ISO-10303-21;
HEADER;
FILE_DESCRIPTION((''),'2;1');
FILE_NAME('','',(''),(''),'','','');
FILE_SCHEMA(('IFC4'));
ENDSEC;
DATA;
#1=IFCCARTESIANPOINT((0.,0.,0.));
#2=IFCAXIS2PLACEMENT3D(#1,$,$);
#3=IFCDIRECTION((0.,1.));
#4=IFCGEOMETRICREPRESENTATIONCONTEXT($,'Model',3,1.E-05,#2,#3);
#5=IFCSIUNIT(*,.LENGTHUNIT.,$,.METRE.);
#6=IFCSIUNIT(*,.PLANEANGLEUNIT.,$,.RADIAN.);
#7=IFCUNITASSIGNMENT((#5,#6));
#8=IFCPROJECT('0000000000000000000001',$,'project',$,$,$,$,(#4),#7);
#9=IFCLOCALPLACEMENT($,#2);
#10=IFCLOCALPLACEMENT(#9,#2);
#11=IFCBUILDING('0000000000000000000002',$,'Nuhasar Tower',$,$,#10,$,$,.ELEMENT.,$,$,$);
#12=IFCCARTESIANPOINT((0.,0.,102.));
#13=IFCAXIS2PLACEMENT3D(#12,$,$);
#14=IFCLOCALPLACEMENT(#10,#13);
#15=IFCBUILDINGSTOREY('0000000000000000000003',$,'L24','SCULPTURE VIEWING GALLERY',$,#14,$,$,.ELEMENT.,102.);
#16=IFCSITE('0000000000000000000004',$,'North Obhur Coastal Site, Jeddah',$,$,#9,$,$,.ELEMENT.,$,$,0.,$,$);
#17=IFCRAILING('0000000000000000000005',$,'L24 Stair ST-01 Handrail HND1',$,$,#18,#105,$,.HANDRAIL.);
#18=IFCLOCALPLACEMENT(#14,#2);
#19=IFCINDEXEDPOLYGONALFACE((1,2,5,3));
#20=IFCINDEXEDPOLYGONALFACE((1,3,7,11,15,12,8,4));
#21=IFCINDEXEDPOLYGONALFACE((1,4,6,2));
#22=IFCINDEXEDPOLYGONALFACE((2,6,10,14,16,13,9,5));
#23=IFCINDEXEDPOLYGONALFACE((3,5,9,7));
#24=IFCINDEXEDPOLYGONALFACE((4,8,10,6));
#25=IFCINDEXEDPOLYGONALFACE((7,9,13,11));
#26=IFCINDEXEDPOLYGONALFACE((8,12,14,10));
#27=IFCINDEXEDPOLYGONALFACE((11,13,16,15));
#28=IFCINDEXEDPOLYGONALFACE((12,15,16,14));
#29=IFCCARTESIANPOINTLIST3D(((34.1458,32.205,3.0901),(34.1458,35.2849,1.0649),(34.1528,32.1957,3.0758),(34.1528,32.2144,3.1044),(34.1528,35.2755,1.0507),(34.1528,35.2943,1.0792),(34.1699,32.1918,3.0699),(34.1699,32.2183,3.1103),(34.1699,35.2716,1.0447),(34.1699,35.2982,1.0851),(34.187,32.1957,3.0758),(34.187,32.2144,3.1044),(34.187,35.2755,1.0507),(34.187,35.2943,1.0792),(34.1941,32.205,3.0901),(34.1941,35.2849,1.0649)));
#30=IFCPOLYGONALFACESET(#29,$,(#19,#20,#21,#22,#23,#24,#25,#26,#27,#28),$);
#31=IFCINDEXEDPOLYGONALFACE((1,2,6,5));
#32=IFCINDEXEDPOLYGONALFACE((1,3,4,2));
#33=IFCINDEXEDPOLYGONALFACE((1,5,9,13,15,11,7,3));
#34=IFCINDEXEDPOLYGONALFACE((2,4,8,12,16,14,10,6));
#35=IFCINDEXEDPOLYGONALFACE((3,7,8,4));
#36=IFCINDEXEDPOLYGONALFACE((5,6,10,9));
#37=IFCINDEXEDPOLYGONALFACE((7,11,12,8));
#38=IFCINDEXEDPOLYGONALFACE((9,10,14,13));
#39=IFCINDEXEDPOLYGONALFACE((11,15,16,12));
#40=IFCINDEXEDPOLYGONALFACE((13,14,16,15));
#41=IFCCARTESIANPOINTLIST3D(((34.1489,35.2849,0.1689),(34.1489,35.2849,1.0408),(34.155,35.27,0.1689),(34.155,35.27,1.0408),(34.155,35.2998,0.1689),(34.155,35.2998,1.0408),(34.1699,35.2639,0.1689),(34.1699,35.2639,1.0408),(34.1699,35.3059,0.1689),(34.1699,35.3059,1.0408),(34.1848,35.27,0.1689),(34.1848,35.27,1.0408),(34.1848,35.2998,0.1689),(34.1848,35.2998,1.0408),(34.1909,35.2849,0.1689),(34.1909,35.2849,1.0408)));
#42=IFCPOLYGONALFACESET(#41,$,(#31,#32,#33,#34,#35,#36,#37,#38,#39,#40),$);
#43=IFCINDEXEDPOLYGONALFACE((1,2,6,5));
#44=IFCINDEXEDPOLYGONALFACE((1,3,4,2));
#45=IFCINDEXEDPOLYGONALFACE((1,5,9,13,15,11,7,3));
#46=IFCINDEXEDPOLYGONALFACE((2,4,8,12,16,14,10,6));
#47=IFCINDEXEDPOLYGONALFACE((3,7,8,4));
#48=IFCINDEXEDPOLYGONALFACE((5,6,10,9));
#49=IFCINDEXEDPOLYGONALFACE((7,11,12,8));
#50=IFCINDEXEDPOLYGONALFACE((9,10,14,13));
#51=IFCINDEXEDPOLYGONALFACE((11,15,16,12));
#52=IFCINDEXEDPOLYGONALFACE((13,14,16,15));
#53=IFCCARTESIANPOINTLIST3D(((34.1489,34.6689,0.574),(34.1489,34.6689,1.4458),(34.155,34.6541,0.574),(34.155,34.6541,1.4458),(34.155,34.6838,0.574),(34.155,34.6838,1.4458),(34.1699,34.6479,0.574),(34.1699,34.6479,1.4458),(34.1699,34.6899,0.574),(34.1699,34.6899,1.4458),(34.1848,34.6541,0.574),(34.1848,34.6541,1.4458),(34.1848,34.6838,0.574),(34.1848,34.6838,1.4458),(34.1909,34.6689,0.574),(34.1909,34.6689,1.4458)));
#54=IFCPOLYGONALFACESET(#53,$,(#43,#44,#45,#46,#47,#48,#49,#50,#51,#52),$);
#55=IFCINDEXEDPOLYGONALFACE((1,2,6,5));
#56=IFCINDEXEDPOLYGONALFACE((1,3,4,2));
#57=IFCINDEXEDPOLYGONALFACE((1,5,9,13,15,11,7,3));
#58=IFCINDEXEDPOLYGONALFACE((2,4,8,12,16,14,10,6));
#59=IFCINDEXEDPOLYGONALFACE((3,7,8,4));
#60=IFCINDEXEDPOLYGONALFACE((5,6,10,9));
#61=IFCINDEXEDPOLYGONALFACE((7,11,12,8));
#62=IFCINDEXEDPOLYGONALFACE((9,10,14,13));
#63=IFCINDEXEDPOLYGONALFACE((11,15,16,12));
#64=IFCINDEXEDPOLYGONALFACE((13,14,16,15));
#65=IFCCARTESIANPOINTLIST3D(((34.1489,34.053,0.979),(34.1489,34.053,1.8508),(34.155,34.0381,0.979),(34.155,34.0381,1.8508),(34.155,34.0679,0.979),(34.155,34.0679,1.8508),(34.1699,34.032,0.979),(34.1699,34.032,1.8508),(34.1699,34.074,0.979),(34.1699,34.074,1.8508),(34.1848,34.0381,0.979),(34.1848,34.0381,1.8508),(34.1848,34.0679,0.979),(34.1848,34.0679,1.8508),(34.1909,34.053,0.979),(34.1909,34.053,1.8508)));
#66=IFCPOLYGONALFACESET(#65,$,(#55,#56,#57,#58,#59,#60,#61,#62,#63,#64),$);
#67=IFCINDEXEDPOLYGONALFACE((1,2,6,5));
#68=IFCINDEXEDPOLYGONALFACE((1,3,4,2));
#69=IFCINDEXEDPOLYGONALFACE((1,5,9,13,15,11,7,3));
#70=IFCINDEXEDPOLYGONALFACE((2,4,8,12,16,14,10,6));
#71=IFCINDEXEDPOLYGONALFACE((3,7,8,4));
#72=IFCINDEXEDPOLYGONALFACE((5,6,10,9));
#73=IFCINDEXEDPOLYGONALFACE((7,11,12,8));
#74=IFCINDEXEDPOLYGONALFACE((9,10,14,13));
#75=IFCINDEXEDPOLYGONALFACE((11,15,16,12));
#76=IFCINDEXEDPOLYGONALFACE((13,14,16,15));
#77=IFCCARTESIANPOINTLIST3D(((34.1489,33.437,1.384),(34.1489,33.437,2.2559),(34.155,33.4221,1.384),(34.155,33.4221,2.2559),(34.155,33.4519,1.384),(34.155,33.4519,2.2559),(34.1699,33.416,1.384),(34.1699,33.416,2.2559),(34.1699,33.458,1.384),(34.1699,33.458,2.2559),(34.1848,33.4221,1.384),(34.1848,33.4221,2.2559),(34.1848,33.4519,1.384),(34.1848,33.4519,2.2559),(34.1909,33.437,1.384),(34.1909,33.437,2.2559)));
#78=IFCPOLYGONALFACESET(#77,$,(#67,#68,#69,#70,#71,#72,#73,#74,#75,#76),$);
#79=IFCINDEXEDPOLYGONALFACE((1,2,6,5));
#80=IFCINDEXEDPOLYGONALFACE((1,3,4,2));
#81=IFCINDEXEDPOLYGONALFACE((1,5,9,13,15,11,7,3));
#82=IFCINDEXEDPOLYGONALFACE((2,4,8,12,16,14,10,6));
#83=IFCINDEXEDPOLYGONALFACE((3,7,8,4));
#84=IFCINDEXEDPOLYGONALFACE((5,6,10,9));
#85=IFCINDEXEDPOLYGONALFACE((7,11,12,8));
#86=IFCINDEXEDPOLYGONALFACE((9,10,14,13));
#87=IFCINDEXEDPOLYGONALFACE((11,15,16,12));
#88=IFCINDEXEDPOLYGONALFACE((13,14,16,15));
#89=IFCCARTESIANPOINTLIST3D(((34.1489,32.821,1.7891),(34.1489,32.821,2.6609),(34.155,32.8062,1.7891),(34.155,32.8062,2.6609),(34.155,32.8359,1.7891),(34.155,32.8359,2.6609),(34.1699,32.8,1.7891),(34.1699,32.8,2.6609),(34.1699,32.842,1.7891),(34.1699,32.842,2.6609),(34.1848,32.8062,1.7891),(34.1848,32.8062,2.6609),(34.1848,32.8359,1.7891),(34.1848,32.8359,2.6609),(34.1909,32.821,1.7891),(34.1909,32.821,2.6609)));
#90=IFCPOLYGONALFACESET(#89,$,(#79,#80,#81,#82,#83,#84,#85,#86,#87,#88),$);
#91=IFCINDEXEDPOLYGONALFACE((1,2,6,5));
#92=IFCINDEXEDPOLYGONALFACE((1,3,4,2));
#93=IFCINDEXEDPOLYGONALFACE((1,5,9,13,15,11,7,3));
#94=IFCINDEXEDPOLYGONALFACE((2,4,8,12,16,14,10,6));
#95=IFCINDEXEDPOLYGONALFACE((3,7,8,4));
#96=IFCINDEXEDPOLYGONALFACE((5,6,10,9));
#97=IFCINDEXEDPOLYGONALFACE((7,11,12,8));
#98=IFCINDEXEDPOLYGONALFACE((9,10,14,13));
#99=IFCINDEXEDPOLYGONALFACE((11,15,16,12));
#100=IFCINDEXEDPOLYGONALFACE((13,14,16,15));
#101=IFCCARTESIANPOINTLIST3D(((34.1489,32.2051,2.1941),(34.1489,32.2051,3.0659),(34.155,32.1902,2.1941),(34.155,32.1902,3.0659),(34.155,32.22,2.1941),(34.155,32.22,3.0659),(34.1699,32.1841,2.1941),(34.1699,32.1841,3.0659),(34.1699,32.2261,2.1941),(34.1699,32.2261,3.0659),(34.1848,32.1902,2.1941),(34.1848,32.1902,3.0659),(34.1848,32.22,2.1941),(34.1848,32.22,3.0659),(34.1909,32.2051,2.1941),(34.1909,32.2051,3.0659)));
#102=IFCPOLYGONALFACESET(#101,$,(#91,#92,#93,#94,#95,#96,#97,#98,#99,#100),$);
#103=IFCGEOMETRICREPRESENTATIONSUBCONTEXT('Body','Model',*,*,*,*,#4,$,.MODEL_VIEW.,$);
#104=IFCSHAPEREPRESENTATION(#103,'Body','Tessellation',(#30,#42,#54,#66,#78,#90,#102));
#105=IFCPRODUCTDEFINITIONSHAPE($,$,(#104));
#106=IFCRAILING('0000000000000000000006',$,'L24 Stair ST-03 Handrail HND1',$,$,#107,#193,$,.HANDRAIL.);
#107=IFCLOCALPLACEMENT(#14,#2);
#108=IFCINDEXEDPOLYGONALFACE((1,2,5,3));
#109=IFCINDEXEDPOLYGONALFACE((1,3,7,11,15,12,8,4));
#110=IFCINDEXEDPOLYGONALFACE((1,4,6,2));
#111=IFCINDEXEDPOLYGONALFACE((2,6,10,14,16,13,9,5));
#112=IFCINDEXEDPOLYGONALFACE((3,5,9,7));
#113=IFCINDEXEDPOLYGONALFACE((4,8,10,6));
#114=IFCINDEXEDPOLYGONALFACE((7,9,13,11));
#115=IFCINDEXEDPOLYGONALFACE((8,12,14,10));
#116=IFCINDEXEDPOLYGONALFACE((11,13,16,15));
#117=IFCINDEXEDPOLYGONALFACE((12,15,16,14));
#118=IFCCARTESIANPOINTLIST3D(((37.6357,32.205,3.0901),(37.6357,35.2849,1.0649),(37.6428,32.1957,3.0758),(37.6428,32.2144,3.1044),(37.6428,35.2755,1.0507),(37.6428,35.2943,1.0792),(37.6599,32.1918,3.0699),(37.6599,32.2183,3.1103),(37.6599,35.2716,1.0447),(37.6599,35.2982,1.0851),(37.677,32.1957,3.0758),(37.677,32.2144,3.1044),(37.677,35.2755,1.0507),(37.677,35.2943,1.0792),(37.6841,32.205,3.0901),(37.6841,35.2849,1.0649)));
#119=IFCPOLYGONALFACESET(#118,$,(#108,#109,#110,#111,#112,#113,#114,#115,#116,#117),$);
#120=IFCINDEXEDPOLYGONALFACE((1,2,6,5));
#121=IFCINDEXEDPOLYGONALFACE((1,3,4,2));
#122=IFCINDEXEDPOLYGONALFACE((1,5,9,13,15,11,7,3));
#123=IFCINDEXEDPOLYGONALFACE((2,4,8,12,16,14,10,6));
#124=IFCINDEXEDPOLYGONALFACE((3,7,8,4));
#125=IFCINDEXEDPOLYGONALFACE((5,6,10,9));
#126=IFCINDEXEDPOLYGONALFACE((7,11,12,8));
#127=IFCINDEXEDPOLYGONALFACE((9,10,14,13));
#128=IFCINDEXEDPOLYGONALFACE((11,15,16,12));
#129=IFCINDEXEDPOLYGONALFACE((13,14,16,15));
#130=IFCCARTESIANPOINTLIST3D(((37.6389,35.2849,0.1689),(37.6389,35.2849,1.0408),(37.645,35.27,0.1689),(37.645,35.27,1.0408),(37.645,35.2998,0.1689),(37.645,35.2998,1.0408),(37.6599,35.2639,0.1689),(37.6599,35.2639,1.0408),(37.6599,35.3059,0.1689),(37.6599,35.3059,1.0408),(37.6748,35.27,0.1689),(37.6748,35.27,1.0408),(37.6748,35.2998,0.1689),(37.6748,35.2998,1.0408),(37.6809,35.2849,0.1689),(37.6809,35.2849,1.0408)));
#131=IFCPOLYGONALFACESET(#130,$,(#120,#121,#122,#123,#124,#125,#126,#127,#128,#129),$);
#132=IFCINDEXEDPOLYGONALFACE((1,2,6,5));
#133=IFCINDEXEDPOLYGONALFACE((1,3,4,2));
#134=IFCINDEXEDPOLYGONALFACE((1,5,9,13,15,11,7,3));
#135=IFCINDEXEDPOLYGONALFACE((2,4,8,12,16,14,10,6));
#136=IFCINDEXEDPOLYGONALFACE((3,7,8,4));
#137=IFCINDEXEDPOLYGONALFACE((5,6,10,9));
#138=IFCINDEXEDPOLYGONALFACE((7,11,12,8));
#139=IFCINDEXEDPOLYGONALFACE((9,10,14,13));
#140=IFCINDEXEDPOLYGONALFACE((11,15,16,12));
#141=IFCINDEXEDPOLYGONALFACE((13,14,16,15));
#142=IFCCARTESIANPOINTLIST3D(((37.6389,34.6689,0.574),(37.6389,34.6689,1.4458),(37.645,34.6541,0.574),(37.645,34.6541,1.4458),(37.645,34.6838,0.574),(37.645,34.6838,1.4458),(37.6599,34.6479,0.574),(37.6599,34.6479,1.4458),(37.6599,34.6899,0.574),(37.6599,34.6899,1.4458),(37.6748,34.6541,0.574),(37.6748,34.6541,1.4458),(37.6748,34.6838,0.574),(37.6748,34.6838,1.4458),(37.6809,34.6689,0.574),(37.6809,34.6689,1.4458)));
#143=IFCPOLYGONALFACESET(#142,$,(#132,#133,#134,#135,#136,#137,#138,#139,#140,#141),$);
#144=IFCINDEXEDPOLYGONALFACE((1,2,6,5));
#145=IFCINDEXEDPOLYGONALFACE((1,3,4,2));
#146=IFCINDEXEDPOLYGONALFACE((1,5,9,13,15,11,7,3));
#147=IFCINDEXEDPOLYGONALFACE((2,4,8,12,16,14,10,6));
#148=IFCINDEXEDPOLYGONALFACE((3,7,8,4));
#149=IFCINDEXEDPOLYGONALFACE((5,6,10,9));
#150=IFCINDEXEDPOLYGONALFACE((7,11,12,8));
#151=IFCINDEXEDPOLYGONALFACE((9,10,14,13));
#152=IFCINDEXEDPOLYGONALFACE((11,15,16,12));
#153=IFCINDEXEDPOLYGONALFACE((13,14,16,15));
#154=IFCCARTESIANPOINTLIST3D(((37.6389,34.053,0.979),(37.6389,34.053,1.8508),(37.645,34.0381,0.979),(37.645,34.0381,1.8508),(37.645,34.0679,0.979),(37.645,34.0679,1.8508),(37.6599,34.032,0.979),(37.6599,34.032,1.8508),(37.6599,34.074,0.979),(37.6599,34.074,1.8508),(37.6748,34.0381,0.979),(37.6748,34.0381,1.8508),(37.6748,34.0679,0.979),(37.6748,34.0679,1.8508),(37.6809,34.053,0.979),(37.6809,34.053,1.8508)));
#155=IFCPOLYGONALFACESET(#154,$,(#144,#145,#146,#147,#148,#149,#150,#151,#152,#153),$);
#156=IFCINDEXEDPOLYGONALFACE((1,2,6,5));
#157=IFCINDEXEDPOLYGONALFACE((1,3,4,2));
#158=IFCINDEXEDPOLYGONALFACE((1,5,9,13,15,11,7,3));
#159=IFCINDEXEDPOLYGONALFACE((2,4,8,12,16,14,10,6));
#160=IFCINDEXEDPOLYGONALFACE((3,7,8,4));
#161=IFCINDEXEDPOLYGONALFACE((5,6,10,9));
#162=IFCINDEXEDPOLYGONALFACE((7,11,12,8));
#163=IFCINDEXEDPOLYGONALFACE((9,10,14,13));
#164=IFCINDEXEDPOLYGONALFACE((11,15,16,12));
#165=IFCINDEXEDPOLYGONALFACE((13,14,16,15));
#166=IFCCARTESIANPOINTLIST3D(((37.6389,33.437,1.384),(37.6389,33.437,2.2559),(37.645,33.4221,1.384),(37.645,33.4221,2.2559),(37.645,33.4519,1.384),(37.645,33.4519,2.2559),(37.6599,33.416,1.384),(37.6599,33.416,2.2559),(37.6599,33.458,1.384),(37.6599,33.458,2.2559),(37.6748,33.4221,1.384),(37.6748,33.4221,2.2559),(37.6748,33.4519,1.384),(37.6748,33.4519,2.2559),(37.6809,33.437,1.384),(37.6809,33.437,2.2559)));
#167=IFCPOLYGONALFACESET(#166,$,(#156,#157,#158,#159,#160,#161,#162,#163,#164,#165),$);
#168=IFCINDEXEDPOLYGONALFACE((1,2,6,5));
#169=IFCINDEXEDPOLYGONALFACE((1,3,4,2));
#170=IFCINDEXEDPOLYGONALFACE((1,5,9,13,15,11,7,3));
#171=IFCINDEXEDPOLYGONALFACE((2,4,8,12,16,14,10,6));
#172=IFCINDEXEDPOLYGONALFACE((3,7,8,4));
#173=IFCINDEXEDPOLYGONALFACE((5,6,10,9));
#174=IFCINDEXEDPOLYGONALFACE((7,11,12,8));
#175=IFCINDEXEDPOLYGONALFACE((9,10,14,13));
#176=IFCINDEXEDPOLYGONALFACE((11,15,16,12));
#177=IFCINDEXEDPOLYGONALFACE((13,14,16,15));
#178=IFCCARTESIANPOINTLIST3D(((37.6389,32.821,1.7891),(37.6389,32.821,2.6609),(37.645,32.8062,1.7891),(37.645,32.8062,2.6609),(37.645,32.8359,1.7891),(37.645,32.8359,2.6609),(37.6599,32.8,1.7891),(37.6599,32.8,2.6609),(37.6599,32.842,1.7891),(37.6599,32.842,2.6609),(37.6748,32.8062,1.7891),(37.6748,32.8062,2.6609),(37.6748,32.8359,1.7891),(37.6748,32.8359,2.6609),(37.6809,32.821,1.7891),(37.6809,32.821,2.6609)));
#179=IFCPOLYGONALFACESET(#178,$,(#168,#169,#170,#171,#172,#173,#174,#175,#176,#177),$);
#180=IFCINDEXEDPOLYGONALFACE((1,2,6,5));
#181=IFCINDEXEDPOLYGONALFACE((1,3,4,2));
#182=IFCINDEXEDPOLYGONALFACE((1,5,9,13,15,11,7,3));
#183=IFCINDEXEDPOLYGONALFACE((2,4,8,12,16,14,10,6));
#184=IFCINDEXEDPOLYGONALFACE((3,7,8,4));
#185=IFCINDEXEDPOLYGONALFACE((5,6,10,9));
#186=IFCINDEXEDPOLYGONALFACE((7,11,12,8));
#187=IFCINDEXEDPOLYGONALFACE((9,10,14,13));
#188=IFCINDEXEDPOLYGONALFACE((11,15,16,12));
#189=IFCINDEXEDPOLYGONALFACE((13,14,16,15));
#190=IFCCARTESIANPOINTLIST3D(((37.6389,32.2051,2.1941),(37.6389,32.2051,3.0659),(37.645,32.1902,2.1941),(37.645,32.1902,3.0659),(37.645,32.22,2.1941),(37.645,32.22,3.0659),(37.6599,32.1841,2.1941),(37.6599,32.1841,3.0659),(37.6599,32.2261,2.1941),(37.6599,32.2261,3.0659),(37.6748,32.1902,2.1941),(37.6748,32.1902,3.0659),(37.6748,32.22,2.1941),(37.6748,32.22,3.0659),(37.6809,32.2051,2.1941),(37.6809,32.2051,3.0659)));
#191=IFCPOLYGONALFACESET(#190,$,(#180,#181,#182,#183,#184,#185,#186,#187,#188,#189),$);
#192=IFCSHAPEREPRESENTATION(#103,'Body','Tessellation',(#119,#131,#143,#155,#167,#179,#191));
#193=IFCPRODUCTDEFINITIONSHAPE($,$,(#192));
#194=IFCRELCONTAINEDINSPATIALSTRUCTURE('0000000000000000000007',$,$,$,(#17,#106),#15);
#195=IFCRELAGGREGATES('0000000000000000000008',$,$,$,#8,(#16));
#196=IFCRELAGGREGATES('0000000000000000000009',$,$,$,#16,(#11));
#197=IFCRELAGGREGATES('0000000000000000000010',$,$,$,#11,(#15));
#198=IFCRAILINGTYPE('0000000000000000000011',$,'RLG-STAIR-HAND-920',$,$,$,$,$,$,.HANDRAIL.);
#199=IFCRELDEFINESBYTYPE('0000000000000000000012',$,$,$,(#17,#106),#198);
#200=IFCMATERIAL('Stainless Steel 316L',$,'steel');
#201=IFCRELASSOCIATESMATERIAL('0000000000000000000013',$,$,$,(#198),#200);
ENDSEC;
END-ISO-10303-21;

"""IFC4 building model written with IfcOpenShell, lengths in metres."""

from ifc_helpers import new_model, si_unit, direction, frame, origin, place, context, subcontext, project, spatial, polyline, outline, extrude, material, type_object, element, save


model = new_model("IFC4")

# Units and contexts
model_context = context("Model", 3, precision=1e-05, world=origin(), true_north=direction((0.0, 1.0)))
body_context = subcontext(model_context, "Body", "Model", "MODEL_VIEW")
ifc_project = project(units=[si_unit("LENGTHUNIT", "METRE"), si_unit("PLANEANGLEUNIT", "RADIAN")], contexts=[model_context])

# Site, building, storey
site_placement = place(None, origin())
site = spatial("IfcSite", under=ifc_project, at=site_placement, Name="North Obhur Coastal Site, Jeddah", CompositionType="ELEMENT", RefElevation=0.0)
building_placement = place(site_placement, origin())
building = spatial("IfcBuilding", under=site, at=building_placement, Name="Nuhasar Tower", CompositionType="ELEMENT")
storey_placement = place(building_placement, frame((0.0, 0.0, 102.0)))
storey = spatial("IfcBuildingStorey", under=building, at=storey_placement, Name="L24", Description="SCULPTURE VIEWING GALLERY", CompositionType="ELEMENT", Elevation=102.0)

# Railings
ifc_material_1 = material(Name="Stainless Steel 316L", Category="steel")
railing_type_1 = type_object("IfcRailingType", Name="RLG-STAIR-HAND-920", PredefinedType="HANDRAIL", material=ifc_material_1)
railing_1_placement = place(storey_placement, frame((34.1699, 35.2849, 0.1689)))
element("IfcRailing", 1, at=railing_1_placement, inside=storey, type_object=railing_type_1, Name="L24 Stair ST-01 Handrail HND1", PredefinedType="HANDRAIL", context=body_context, shape_type="SweptSolid", body=[
    extrude(outline(polyline([(0.0242, 0.0), (0.0171, 0.0171), (0.0, 0.0242), (-0.0171, 0.0171), (-0.0242, 0.0), (-0.0171, -0.0171), (0.0, -0.0242), (0.0171, -0.0171), (0.0242, 0.0)])), frame((0.0, 0.0, 0.896), z_axis=(0.0, -0.835549, 0.549416), x_axis=(1.0, 0.0, 0.0)), (0.0, 0.0, 1.0), 3.686),
    extrude(outline(polyline([(0.021, 0.0), (0.0149, 0.0149), (0.0, 0.021), (-0.0149, 0.0149), (-0.021, 0.0), (-0.0149, -0.0149), (0.0, -0.021), (0.0149, -0.0149), (0.021, 0.0)])), origin(), (0.0, 0.0, 1.0), 0.8718),
    extrude(outline(polyline([(0.021, 0.0), (0.0149, 0.0149), (0.0, 0.021), (-0.0149, 0.0149), (-0.021, 0.0), (-0.0149, -0.0149), (0.0, -0.021), (0.0149, -0.0149), (0.021, 0.0)])), frame((0.0, -0.616, 0.405)), (0.0, 0.0, 1.0), 0.8718),
    extrude(outline(polyline([(0.021, 0.0), (0.0149, 0.0149), (0.0, 0.021), (-0.0149, 0.0149), (-0.021, 0.0), (-0.0149, -0.0149), (0.0, -0.021), (0.0149, -0.0149), (0.021, 0.0)])), frame((0.0, -1.2319, 0.8101)), (0.0, 0.0, 1.0), 0.8718),
    extrude(outline(polyline([(0.021, 0.0), (0.0149, 0.0149), (0.0, 0.021), (-0.0149, 0.0149), (-0.021, 0.0), (-0.0149, -0.0149), (0.0, -0.021), (0.0149, -0.0149), (0.021, 0.0)])), frame((0.0, -1.8479, 1.2151)), (0.0, 0.0, 1.0), 0.8718),
    extrude(outline(polyline([(0.021, 0.0), (0.0149, 0.0149), (0.0, 0.021), (-0.0149, 0.0149), (-0.021, 0.0), (-0.0149, -0.0149), (0.0, -0.021), (0.0149, -0.0149), (0.021, 0.0)])), frame((0.0, -2.4639, 1.6201)), (0.0, 0.0, 1.0), 0.8718),
    extrude(outline(polyline([(0.021, 0.0), (0.0149, 0.0149), (0.0, 0.021), (-0.0149, 0.0149), (-0.021, 0.0), (-0.0149, -0.0149), (0.0, -0.021), (0.0149, -0.0149), (0.021, 0.0)])), frame((0.0, -3.0798, 2.0251)), (0.0, 0.0, 1.0), 0.8718),
])
railing_2_placement = place(storey_placement, frame((37.6599, 35.2849, 0.1689)))
element("IfcRailing", 2, at=railing_2_placement, inside=storey, type_object=railing_type_1, Name="L24 Stair ST-03 Handrail HND1", PredefinedType="HANDRAIL", context=body_context, shape_type="SweptSolid", body=[
    extrude(outline(polyline([(0.0242, 0.0), (0.0171, 0.0171), (0.0, 0.0242), (-0.0171, 0.0171), (-0.0242, 0.0), (-0.0171, -0.0171), (0.0, -0.0242), (0.0171, -0.0171), (0.0242, 0.0)])), frame((0.0, 0.0, 0.896), z_axis=(0.0, -0.835549, 0.549416), x_axis=(1.0, 0.0, 0.0)), (0.0, 0.0, 1.0), 3.686),
    extrude(outline(polyline([(0.021, 0.0), (0.0149, 0.0149), (0.0, 0.021), (-0.0149, 0.0149), (-0.021, 0.0), (-0.0149, -0.0149), (0.0, -0.021), (0.0149, -0.0149), (0.021, 0.0)])), origin(), (0.0, 0.0, 1.0), 0.8718),
    extrude(outline(polyline([(0.021, 0.0), (0.0149, 0.0149), (0.0, 0.021), (-0.0149, 0.0149), (-0.021, 0.0), (-0.0149, -0.0149), (0.0, -0.021), (0.0149, -0.0149), (0.021, 0.0)])), frame((0.0, -0.616, 0.405)), (0.0, 0.0, 1.0), 0.8718),
    extrude(outline(polyline([(0.021, 0.0), (0.0149, 0.0149), (0.0, 0.021), (-0.0149, 0.0149), (-0.021, 0.0), (-0.0149, -0.0149), (0.0, -0.021), (0.0149, -0.0149), (0.021, 0.0)])), frame((0.0, -1.2319, 0.8101)), (0.0, 0.0, 1.0), 0.8718),
    extrude(outline(polyline([(0.021, 0.0), (0.0149, 0.0149), (0.0, 0.021), (-0.0149, 0.0149), (-0.021, 0.0), (-0.0149, -0.0149), (0.0, -0.021), (0.0149, -0.0149), (0.021, 0.0)])), frame((0.0, -1.8479, 1.2151)), (0.0, 0.0, 1.0), 0.8718),
    extrude(outline(polyline([(0.021, 0.0), (0.0149, 0.0149), (0.0, 0.021), (-0.0149, 0.0149), (-0.021, 0.0), (-0.0149, -0.0149), (0.0, -0.021), (0.0149, -0.0149), (0.021, 0.0)])), frame((0.0, -2.4639, 1.6201)), (0.0, 0.0, 1.0), 0.8718),
    extrude(outline(polyline([(0.021, 0.0), (0.0149, 0.0149), (0.0, 0.021), (-0.0149, 0.0149), (-0.021, 0.0), (-0.0149, -0.0149), (0.0, -0.021), (0.0149, -0.0149), (0.021, 0.0)])), frame((0.0, -3.0798, 2.0251)), (0.0, 0.0, 1.0), 0.8718),
])

save(model, "model.ifc")
